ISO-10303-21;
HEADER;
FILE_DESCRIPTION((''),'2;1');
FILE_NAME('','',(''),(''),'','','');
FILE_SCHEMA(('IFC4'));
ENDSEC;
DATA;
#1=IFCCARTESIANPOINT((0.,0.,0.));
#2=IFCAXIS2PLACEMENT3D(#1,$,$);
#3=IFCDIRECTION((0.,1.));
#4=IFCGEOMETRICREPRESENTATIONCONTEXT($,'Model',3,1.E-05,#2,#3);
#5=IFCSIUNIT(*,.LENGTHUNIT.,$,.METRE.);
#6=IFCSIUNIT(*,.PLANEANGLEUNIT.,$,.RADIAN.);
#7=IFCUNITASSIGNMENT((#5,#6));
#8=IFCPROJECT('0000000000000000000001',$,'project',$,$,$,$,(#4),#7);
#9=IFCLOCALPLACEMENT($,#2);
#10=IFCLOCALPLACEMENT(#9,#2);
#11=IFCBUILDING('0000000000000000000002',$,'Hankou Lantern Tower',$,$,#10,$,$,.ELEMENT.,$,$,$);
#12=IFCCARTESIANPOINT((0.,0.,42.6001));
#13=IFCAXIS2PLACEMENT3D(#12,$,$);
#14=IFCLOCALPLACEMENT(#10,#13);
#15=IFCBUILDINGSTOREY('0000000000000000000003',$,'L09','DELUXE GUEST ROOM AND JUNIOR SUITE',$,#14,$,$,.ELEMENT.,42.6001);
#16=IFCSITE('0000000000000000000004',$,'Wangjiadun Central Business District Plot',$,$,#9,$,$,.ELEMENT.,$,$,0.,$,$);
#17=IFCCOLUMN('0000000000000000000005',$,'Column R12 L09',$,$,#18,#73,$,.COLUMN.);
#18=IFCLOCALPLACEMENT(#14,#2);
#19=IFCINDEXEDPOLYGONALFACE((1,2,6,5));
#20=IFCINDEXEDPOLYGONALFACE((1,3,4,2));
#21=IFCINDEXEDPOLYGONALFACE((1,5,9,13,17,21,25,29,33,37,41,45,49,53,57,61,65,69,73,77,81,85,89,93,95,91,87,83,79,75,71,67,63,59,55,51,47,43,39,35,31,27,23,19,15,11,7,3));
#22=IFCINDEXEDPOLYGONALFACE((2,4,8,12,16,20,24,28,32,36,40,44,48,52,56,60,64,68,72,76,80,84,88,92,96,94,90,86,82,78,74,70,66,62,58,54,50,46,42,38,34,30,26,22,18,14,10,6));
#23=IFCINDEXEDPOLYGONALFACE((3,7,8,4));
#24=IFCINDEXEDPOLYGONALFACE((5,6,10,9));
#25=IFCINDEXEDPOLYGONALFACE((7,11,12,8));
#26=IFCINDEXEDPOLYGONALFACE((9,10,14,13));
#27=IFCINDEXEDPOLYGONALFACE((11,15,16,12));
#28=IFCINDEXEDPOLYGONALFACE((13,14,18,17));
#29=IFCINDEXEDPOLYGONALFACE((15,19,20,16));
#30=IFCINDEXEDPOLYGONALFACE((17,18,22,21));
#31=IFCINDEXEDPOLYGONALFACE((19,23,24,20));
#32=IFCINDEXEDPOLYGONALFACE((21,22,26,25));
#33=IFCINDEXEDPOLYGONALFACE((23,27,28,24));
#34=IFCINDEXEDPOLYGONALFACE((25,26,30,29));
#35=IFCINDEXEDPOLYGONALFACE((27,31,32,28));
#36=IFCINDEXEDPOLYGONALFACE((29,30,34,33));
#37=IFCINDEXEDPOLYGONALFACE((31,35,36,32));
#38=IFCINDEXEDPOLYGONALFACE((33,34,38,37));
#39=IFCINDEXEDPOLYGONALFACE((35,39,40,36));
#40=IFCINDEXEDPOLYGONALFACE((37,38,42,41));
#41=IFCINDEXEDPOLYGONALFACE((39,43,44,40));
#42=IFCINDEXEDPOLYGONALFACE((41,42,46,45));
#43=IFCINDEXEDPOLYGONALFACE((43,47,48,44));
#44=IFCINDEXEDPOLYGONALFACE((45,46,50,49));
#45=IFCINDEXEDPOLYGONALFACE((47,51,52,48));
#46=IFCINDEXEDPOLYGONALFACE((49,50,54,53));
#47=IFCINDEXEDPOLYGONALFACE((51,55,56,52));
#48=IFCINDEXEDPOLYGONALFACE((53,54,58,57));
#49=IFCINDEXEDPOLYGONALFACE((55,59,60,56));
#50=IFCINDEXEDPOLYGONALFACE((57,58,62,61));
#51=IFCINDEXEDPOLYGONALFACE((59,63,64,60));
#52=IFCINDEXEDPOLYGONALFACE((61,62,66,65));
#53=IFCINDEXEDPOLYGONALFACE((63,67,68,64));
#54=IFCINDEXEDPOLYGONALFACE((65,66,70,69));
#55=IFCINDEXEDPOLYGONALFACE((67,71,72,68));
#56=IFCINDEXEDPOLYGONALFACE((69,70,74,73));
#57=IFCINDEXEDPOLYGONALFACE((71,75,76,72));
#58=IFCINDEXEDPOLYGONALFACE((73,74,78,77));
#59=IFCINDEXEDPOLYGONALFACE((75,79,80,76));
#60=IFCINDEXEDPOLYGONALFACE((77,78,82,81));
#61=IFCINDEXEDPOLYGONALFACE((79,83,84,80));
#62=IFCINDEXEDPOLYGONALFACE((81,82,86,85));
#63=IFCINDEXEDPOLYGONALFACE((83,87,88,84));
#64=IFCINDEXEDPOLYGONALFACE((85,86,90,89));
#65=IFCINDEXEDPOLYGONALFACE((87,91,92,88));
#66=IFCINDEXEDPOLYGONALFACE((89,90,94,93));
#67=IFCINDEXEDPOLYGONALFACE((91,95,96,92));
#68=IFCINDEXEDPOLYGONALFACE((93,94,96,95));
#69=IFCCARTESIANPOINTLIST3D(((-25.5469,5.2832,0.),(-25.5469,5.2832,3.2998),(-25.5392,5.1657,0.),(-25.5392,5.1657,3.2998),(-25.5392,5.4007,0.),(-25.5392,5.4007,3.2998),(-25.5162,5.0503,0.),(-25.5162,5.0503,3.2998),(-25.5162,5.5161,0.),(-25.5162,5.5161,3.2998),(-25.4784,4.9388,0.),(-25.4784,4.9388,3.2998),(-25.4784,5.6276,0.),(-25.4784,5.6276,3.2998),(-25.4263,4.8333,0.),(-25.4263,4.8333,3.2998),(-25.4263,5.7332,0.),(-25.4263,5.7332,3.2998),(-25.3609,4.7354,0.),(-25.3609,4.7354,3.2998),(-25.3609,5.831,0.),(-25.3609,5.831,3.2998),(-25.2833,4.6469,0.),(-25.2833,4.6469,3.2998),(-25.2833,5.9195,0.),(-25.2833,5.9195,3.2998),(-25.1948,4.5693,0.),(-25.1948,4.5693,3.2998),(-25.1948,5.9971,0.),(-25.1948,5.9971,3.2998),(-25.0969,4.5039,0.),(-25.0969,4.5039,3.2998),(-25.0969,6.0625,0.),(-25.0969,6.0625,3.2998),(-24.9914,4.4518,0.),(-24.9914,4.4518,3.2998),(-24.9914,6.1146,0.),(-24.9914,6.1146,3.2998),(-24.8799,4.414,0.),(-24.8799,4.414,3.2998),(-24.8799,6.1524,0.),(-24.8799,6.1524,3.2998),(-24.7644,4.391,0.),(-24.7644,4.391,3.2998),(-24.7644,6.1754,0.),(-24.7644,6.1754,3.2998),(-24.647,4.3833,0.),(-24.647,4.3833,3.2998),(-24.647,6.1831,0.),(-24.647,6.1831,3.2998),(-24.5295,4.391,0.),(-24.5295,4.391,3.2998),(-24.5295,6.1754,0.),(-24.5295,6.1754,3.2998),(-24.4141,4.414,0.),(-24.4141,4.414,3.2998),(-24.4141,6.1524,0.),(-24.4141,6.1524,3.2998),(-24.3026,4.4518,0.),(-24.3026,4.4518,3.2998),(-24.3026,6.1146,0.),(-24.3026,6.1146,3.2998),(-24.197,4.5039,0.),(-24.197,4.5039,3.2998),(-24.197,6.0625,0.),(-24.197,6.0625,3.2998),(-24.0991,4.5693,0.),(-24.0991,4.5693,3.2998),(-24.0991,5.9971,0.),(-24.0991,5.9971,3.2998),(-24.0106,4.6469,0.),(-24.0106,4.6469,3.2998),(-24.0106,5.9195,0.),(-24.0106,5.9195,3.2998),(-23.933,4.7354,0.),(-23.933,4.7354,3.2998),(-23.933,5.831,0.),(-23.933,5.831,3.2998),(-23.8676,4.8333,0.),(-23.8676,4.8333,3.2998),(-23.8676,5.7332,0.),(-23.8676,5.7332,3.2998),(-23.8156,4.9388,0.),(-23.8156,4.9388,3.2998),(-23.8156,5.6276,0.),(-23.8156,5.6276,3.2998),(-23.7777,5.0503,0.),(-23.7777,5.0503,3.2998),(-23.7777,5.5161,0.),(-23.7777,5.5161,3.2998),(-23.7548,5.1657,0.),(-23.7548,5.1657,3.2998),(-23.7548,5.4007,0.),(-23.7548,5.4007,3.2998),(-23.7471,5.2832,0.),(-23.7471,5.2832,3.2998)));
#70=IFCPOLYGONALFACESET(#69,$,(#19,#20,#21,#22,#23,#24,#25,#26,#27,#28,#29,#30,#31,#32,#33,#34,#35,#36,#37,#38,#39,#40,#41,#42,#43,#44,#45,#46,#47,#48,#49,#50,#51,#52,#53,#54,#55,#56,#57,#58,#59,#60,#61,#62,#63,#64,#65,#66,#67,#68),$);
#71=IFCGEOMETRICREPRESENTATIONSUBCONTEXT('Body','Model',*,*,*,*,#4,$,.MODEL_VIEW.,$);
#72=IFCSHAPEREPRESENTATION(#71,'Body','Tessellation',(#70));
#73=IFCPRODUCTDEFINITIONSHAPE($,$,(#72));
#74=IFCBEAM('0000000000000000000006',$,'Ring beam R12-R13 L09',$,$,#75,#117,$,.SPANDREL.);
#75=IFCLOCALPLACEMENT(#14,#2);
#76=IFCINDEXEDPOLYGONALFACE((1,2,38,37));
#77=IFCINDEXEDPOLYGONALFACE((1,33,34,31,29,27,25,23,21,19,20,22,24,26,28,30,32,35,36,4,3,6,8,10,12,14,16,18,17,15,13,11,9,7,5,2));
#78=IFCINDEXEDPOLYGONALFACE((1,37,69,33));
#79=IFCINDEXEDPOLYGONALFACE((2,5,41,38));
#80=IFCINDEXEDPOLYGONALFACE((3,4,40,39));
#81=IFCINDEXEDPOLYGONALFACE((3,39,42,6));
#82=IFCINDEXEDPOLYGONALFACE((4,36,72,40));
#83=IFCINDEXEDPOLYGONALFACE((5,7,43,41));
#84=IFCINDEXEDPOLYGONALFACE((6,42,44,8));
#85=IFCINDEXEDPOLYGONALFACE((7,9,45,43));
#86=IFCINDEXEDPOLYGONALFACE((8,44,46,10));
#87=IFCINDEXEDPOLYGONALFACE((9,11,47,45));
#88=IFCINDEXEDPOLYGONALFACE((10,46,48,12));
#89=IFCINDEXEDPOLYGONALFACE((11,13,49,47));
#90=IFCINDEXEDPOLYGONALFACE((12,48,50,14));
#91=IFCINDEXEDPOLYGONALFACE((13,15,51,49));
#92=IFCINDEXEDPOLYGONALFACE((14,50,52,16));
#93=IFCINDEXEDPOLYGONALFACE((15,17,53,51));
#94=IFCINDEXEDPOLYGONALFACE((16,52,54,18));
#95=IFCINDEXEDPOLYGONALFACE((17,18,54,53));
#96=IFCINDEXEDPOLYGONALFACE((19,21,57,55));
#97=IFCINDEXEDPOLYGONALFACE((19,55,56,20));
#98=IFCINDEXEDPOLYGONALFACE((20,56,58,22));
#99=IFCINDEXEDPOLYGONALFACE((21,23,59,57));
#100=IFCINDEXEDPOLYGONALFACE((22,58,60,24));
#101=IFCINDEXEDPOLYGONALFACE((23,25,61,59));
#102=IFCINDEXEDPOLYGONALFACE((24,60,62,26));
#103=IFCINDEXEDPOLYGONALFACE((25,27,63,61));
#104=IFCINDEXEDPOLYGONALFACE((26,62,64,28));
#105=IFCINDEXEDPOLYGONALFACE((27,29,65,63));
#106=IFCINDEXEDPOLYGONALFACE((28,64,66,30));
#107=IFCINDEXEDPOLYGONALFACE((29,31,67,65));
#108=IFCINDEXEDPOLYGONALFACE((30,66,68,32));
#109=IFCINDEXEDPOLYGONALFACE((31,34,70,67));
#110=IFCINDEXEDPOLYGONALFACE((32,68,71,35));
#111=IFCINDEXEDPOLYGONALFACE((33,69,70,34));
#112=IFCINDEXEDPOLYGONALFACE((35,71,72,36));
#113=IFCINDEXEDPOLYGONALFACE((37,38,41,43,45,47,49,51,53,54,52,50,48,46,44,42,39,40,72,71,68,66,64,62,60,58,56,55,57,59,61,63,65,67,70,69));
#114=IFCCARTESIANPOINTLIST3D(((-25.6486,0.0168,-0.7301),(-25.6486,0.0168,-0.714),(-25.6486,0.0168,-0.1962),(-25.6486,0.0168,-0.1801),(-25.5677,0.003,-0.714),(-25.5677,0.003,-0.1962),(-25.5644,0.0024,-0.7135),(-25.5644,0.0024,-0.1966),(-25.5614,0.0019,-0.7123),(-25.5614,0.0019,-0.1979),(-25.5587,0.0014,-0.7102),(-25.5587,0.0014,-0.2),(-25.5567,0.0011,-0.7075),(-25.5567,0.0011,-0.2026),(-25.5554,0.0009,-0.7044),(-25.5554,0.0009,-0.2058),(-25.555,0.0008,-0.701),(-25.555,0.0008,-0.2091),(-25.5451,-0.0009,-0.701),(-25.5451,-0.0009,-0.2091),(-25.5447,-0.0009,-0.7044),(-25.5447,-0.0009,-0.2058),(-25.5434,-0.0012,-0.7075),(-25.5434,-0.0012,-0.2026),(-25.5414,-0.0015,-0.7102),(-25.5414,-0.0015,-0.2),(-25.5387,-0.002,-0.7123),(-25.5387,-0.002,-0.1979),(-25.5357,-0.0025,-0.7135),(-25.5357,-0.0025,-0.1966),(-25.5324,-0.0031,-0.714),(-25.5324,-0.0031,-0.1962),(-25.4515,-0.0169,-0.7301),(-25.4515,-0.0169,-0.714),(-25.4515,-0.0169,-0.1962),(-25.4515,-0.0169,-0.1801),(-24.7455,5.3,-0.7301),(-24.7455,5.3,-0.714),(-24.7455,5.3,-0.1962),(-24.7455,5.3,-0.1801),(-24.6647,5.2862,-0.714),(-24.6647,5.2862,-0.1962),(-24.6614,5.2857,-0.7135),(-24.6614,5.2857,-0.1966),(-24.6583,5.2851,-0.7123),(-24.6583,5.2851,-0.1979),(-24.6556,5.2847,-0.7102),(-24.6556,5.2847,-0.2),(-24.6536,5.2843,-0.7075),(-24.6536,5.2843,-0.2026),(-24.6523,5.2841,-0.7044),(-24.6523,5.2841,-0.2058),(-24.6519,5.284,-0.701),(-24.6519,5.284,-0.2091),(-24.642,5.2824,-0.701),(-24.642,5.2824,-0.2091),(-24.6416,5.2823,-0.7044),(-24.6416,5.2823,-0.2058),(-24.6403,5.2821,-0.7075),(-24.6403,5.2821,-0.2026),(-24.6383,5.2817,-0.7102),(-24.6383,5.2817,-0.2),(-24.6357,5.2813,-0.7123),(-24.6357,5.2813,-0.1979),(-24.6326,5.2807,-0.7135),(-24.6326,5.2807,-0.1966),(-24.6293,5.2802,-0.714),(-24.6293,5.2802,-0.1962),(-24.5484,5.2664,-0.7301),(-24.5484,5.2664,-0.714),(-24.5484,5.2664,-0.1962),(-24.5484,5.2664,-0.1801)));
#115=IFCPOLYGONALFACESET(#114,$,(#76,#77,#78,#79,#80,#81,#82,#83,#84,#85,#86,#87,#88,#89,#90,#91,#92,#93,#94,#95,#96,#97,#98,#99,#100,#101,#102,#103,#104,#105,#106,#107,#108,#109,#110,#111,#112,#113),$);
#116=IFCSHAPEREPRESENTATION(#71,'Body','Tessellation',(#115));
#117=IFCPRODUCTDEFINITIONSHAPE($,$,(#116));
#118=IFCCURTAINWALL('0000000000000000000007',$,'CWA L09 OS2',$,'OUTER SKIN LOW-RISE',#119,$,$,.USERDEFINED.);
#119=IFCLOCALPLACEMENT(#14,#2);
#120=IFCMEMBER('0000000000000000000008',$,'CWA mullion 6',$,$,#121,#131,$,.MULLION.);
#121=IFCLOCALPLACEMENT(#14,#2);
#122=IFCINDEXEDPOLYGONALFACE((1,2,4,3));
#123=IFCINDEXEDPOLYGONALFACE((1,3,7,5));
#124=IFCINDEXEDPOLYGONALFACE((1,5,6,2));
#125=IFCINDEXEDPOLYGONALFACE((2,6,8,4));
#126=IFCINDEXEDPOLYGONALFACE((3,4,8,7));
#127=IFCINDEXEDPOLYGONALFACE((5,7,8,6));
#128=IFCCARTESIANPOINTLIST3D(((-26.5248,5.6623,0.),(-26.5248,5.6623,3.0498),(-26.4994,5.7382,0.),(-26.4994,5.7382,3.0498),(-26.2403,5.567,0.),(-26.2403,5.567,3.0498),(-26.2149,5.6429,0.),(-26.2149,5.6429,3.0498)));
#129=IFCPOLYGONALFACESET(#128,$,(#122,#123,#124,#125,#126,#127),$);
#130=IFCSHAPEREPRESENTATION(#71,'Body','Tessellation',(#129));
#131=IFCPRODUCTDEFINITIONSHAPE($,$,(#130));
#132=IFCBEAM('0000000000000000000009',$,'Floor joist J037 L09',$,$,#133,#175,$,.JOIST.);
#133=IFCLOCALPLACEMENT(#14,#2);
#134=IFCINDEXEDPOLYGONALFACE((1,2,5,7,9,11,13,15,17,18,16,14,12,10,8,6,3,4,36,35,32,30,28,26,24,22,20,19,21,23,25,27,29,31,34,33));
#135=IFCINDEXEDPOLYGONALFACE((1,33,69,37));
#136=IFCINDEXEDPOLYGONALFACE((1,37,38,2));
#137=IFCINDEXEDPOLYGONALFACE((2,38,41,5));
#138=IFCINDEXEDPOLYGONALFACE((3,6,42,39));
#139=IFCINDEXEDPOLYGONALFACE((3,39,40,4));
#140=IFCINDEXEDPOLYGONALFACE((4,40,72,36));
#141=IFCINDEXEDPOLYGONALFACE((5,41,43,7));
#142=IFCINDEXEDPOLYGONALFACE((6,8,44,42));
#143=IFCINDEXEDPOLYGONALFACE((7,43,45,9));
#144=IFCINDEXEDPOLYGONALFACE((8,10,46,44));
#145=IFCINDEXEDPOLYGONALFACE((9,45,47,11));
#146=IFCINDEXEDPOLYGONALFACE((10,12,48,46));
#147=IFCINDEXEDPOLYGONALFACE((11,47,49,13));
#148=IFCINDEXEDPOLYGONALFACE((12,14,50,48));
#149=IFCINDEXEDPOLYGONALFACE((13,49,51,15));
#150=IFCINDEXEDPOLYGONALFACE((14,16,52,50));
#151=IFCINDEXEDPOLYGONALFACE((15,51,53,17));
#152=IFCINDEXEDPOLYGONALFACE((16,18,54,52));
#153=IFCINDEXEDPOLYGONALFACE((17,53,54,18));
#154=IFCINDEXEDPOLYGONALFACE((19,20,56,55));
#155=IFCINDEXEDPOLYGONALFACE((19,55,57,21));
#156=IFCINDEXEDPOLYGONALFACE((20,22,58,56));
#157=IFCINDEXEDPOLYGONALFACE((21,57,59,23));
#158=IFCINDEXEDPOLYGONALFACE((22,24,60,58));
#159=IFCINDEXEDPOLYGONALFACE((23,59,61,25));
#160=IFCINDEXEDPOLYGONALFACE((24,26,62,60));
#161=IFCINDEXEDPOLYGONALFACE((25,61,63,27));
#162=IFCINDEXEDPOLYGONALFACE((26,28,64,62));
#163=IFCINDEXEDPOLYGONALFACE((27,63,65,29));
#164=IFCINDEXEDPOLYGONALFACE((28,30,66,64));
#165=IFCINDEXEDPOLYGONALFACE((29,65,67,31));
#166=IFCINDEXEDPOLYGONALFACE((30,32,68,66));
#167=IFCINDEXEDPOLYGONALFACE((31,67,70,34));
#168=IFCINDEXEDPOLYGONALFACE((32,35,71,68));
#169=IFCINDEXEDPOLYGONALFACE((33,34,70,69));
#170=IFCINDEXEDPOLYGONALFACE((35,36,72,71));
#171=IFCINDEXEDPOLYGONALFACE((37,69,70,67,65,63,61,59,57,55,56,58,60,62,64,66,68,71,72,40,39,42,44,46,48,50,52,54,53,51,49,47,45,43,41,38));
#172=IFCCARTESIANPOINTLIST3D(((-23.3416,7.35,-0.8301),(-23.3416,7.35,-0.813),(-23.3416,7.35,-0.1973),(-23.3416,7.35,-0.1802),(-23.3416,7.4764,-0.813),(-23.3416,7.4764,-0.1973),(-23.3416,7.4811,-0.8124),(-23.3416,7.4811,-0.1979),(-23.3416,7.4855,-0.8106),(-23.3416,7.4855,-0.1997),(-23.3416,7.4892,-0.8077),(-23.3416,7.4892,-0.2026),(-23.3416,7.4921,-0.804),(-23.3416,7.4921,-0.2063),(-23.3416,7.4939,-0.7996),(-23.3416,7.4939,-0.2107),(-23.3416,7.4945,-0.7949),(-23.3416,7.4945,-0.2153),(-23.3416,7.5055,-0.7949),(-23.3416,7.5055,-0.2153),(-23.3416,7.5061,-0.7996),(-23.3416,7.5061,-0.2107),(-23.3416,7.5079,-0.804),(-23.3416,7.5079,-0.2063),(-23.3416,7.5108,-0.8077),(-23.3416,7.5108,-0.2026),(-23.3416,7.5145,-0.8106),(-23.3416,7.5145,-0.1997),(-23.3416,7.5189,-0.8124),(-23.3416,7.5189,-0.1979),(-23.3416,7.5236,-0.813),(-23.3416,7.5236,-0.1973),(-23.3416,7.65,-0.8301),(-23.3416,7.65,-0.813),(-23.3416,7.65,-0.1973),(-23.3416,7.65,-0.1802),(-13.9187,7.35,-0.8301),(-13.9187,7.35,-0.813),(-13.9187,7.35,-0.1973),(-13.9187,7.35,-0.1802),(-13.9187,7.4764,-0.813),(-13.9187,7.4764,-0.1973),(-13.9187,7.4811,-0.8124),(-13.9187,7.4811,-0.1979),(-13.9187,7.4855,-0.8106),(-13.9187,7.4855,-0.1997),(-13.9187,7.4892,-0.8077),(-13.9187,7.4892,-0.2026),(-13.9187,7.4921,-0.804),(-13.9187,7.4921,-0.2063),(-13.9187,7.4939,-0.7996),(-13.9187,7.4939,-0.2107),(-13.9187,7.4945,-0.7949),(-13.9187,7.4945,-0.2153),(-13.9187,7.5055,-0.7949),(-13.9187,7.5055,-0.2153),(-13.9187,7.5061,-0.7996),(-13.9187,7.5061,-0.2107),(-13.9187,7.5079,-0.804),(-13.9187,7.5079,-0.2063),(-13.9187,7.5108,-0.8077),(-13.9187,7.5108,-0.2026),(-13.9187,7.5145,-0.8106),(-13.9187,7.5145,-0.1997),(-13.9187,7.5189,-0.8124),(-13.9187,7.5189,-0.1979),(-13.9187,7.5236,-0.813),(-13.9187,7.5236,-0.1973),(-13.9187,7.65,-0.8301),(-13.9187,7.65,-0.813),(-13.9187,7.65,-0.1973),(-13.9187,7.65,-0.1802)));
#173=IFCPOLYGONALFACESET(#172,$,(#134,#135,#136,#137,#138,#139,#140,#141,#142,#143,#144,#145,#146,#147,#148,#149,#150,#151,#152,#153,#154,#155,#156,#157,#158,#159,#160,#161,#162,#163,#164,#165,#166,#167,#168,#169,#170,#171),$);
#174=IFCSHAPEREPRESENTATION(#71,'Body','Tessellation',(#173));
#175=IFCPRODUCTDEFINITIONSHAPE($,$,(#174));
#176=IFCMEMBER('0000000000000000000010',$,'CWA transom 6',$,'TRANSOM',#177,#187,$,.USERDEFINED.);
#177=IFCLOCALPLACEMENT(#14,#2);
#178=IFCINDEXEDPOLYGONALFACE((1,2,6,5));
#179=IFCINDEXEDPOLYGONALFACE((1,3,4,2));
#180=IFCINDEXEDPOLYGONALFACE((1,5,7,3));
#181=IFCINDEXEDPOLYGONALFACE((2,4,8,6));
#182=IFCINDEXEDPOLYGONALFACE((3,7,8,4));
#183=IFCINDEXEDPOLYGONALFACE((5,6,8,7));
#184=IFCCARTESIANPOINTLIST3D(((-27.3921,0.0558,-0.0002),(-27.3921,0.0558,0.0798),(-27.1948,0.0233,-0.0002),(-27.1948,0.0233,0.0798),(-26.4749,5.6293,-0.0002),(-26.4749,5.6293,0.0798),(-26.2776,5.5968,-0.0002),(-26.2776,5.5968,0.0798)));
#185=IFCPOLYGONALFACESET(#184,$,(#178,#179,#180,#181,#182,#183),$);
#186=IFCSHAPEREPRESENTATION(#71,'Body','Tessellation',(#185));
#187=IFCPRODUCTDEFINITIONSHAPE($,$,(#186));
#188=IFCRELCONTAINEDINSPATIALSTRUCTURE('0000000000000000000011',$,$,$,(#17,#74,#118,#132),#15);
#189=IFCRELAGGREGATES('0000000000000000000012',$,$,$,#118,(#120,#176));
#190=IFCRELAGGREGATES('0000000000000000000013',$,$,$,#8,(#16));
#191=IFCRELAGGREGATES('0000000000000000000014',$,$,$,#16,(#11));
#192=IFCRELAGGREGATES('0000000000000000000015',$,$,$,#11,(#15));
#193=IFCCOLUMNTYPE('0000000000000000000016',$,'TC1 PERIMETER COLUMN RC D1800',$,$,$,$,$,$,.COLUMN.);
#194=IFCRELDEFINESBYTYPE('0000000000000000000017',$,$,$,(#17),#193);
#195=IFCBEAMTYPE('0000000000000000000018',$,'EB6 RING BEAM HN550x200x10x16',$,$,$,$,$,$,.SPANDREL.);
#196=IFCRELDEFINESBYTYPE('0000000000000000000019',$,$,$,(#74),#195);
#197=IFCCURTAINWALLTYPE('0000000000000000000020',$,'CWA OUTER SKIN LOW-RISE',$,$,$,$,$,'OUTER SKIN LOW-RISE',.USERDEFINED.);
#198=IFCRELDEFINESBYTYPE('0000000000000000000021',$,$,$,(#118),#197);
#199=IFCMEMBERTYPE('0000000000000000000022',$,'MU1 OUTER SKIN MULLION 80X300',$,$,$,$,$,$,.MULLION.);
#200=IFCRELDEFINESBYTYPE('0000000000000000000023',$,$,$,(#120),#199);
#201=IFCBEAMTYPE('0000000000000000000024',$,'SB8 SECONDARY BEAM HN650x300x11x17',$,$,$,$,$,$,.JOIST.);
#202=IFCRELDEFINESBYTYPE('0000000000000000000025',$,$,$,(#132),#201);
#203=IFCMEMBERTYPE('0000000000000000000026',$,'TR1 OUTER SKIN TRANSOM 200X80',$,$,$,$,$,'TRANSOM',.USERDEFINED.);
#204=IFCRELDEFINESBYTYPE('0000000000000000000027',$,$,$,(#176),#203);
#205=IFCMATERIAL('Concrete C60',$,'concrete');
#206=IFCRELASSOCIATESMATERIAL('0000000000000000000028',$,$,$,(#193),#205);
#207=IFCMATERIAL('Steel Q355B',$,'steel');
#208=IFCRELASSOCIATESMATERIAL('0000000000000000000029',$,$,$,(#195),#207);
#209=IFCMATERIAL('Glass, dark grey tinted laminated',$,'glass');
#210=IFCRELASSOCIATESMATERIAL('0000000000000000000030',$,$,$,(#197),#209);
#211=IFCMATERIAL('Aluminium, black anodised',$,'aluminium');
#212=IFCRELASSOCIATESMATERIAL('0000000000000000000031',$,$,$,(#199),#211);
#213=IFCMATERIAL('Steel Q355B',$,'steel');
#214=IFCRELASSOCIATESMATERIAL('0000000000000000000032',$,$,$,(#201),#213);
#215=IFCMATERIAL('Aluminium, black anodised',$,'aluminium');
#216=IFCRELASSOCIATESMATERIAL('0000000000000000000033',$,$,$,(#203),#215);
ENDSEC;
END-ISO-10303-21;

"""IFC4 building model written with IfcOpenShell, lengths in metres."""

from ifc_helpers import new_model, si_unit, direction, frame, origin, origin_2d, place, context, subcontext, project, spatial, rectangle, circle, i_section, extrude, material, material_profile, profile_set, type_object, element, aggregate, save


model = new_model("IFC4")

# Units and contexts
model_context = context("Model", 3, precision=1e-05, world=origin(), true_north=direction((0.0, 1.0)))
body_context = subcontext(model_context, "Body", "Model", "MODEL_VIEW")
ifc_project = project(units=[si_unit("LENGTHUNIT", "METRE"), si_unit("PLANEANGLEUNIT", "RADIAN")], contexts=[model_context])

# Site, building, storey
site_placement = place(None, origin())
site = spatial("IfcSite", under=ifc_project, at=site_placement, Name="Wangjiadun Central Business District Plot", CompositionType="ELEMENT", RefElevation=0.0)
building_placement = place(site_placement, origin())
building = spatial("IfcBuilding", under=site, at=building_placement, Name="Hankou Lantern Tower", CompositionType="ELEMENT")
storey_placement = place(building_placement, frame((0.0, 0.0, 42.6001)))
storey = spatial("IfcBuildingStorey", under=building, at=storey_placement, Name="L09", Description="DELUXE GUEST ROOM AND JUNIOR SUITE", CompositionType="ELEMENT", Elevation=42.6001)

# Column
ifc_material_1 = material(Name="Concrete C60", Category="concrete")
ifc_material_profile_1 = material_profile(ifc_material_1, circle(Radius=0.8999, at=origin_2d()), Name="RC D1800")
ifc_profile_set_1 = profile_set([ifc_material_profile_1], Name="Concrete C60")
column_type = type_object("IfcColumnType", Name="TC1 PERIMETER COLUMN RC D1800", PredefinedType="COLUMN", material=ifc_profile_set_1)
column_placement = place(storey_placement, frame((-24.647, 5.2832, 0.0), z_axis=(0.0, 0.0, 1.0), x_axis=(1.0, 0.0, 0.0)))
element("IfcColumn", 1, at=column_placement, inside=storey, type_object=column_type, Name="Column R12 L09", PredefinedType="COLUMN", context=body_context, shape_type="SweptSolid", body=[
    extrude(circle(Radius=0.8999, at=origin_2d()), origin(), (0.0, 0.0, 1.0), 3.2998),
])

# Beam
ifc_material_2 = material(Name="Steel Q355B", Category="steel")
ifc_material_profile_2 = material_profile(ifc_material_2, i_section(OverallWidth=0.2, OverallDepth=0.55, WebThickness=0.01, FlangeThickness=0.0161, FilletRadius=0.0129, at=origin_2d()), Name="HN550x200x10x16")
ifc_profile_set_2 = profile_set([ifc_material_profile_2], Name="Steel Q355B")
beam_type_1 = type_object("IfcBeamType", Name="EB6 RING BEAM HN550x200x10x16", PredefinedType="SPANDREL", material=ifc_profile_set_2)
beam_1_placement = place(storey_placement, frame((-24.647, 5.2832, -0.4551), z_axis=(-0.16849, -0.985703, 0.0), x_axis=(0.985703, -0.16849, 0.0)))
element("IfcBeam", 2, at=beam_1_placement, inside=storey, type_object=beam_type_1, Name="Ring beam R12-R13 L09", PredefinedType="SPANDREL", context=body_context, shape_type="SweptSolid", body=[
    extrude(i_section(OverallWidth=0.2, OverallDepth=0.55, WebThickness=0.01, FlangeThickness=0.0161, FilletRadius=0.0129, at=origin_2d()), origin(), (0.0, 0.0, 1.0), 5.3599),
])

# Curtain wall, member
ifc_material_3 = material(Name="Glass, dark grey tinted laminated", Category="glass")
curtain_wall_type = type_object("IfcCurtainWallType", Name="CWA OUTER SKIN LOW-RISE", ElementType="OUTER SKIN LOW-RISE", PredefinedType="USERDEFINED", material=ifc_material_3)
curtain_wall_placement = place(storey_placement, origin())
curtain_wall = element("IfcCurtainWall", 3, at=curtain_wall_placement, inside=storey, type_object=curtain_wall_type, Name="CWA L09 OS2", ObjectType="OUTER SKIN LOW-RISE", PredefinedType="USERDEFINED")
ifc_material_4 = material(Name="Aluminium, black anodised", Category="aluminium")
ifc_material_profile_3 = material_profile(ifc_material_4, rectangle(XDim=0.0801, YDim=0.3, at=origin_2d()), Name="MU1 80X300")
ifc_profile_set_3 = profile_set([ifc_material_profile_3], Name="Aluminium, black anodised")
member_type_1 = type_object("IfcMemberType", Name="MU1 OUTER SKIN MULLION 80X300", PredefinedType="MULLION", material=ifc_profile_set_3)
member_1_placement = place(storey_placement, frame((-26.3699, 5.6526, 0.0), z_axis=(0.0, 0.0, 1.0), x_axis=(-0.317596, -0.948226, 0.0)))
member_1 = element("IfcMember", 4, at=member_1_placement, type_object=member_type_1, Name="CWA mullion 6", PredefinedType="MULLION", context=body_context, shape_type="SweptSolid", body=[
    extrude(rectangle(XDim=0.0801, YDim=0.3, at=origin_2d()), origin(), (0.0, 0.0, 1.0), 3.0498),
])

# Beam
ifc_material_5 = material(Name="Steel Q355B", Category="steel")
ifc_material_profile_4 = material_profile(ifc_material_5, i_section(OverallWidth=0.3, OverallDepth=0.6499, WebThickness=0.011, FlangeThickness=0.0171, FilletRadius=0.0181, at=origin_2d()), Name="HN650x300x11x17")
ifc_profile_set_4 = profile_set([ifc_material_profile_4], Name="Steel Q355B")
beam_type_2 = type_object("IfcBeamType", Name="SB8 SECONDARY BEAM HN650x300x11x17", PredefinedType="JOIST", material=ifc_profile_set_4)
beam_2_placement = place(storey_placement, frame((-23.3416, 7.5, -0.5051), z_axis=(1.0, 0.0, 0.0), x_axis=(0.0, 1.0, 0.0)))
element("IfcBeam", 5, at=beam_2_placement, inside=storey, type_object=beam_type_2, Name="Floor joist J037 L09", PredefinedType="JOIST", context=body_context, shape_type="SweptSolid", body=[
    extrude(i_section(OverallWidth=0.3, OverallDepth=0.6499, WebThickness=0.011, FlangeThickness=0.0171, FilletRadius=0.0181, at=origin_2d()), origin(), (0.0, 0.0, 1.0), 9.4229),
])

# Member
ifc_material_6 = material(Name="Aluminium, black anodised", Category="aluminium")
ifc_material_profile_5 = material_profile(ifc_material_6, rectangle(XDim=0.2, YDim=0.0801, at=origin_2d()), Name="TR1 200X80")
ifc_profile_set_5 = profile_set([ifc_material_profile_5], Name="Aluminium, black anodised")
member_type_2 = type_object("IfcMemberType", Name="TR1 OUTER SKIN TRANSOM 200X80", ElementType="TRANSOM", PredefinedType="USERDEFINED", material=ifc_profile_set_5)
member_2_placement = place(storey_placement, frame((-26.3762, 5.613, 0.0398), z_axis=(-0.162387, -0.986727, 0.0), x_axis=(0.986727, -0.162387, 0.0)))
member_2 = element("IfcMember", 6, at=member_2_placement, type_object=member_type_2, Name="CWA transom 6", ObjectType="TRANSOM", PredefinedType="USERDEFINED", context=body_context, shape_type="SweptSolid", body=[
    extrude(rectangle(XDim=0.2, YDim=0.0801, at=origin_2d()), origin(), (0.0, 0.0, 1.0), 5.6484),
])

aggregate(curtain_wall, [member_1, member_2])

save(model, "model.ifc")
